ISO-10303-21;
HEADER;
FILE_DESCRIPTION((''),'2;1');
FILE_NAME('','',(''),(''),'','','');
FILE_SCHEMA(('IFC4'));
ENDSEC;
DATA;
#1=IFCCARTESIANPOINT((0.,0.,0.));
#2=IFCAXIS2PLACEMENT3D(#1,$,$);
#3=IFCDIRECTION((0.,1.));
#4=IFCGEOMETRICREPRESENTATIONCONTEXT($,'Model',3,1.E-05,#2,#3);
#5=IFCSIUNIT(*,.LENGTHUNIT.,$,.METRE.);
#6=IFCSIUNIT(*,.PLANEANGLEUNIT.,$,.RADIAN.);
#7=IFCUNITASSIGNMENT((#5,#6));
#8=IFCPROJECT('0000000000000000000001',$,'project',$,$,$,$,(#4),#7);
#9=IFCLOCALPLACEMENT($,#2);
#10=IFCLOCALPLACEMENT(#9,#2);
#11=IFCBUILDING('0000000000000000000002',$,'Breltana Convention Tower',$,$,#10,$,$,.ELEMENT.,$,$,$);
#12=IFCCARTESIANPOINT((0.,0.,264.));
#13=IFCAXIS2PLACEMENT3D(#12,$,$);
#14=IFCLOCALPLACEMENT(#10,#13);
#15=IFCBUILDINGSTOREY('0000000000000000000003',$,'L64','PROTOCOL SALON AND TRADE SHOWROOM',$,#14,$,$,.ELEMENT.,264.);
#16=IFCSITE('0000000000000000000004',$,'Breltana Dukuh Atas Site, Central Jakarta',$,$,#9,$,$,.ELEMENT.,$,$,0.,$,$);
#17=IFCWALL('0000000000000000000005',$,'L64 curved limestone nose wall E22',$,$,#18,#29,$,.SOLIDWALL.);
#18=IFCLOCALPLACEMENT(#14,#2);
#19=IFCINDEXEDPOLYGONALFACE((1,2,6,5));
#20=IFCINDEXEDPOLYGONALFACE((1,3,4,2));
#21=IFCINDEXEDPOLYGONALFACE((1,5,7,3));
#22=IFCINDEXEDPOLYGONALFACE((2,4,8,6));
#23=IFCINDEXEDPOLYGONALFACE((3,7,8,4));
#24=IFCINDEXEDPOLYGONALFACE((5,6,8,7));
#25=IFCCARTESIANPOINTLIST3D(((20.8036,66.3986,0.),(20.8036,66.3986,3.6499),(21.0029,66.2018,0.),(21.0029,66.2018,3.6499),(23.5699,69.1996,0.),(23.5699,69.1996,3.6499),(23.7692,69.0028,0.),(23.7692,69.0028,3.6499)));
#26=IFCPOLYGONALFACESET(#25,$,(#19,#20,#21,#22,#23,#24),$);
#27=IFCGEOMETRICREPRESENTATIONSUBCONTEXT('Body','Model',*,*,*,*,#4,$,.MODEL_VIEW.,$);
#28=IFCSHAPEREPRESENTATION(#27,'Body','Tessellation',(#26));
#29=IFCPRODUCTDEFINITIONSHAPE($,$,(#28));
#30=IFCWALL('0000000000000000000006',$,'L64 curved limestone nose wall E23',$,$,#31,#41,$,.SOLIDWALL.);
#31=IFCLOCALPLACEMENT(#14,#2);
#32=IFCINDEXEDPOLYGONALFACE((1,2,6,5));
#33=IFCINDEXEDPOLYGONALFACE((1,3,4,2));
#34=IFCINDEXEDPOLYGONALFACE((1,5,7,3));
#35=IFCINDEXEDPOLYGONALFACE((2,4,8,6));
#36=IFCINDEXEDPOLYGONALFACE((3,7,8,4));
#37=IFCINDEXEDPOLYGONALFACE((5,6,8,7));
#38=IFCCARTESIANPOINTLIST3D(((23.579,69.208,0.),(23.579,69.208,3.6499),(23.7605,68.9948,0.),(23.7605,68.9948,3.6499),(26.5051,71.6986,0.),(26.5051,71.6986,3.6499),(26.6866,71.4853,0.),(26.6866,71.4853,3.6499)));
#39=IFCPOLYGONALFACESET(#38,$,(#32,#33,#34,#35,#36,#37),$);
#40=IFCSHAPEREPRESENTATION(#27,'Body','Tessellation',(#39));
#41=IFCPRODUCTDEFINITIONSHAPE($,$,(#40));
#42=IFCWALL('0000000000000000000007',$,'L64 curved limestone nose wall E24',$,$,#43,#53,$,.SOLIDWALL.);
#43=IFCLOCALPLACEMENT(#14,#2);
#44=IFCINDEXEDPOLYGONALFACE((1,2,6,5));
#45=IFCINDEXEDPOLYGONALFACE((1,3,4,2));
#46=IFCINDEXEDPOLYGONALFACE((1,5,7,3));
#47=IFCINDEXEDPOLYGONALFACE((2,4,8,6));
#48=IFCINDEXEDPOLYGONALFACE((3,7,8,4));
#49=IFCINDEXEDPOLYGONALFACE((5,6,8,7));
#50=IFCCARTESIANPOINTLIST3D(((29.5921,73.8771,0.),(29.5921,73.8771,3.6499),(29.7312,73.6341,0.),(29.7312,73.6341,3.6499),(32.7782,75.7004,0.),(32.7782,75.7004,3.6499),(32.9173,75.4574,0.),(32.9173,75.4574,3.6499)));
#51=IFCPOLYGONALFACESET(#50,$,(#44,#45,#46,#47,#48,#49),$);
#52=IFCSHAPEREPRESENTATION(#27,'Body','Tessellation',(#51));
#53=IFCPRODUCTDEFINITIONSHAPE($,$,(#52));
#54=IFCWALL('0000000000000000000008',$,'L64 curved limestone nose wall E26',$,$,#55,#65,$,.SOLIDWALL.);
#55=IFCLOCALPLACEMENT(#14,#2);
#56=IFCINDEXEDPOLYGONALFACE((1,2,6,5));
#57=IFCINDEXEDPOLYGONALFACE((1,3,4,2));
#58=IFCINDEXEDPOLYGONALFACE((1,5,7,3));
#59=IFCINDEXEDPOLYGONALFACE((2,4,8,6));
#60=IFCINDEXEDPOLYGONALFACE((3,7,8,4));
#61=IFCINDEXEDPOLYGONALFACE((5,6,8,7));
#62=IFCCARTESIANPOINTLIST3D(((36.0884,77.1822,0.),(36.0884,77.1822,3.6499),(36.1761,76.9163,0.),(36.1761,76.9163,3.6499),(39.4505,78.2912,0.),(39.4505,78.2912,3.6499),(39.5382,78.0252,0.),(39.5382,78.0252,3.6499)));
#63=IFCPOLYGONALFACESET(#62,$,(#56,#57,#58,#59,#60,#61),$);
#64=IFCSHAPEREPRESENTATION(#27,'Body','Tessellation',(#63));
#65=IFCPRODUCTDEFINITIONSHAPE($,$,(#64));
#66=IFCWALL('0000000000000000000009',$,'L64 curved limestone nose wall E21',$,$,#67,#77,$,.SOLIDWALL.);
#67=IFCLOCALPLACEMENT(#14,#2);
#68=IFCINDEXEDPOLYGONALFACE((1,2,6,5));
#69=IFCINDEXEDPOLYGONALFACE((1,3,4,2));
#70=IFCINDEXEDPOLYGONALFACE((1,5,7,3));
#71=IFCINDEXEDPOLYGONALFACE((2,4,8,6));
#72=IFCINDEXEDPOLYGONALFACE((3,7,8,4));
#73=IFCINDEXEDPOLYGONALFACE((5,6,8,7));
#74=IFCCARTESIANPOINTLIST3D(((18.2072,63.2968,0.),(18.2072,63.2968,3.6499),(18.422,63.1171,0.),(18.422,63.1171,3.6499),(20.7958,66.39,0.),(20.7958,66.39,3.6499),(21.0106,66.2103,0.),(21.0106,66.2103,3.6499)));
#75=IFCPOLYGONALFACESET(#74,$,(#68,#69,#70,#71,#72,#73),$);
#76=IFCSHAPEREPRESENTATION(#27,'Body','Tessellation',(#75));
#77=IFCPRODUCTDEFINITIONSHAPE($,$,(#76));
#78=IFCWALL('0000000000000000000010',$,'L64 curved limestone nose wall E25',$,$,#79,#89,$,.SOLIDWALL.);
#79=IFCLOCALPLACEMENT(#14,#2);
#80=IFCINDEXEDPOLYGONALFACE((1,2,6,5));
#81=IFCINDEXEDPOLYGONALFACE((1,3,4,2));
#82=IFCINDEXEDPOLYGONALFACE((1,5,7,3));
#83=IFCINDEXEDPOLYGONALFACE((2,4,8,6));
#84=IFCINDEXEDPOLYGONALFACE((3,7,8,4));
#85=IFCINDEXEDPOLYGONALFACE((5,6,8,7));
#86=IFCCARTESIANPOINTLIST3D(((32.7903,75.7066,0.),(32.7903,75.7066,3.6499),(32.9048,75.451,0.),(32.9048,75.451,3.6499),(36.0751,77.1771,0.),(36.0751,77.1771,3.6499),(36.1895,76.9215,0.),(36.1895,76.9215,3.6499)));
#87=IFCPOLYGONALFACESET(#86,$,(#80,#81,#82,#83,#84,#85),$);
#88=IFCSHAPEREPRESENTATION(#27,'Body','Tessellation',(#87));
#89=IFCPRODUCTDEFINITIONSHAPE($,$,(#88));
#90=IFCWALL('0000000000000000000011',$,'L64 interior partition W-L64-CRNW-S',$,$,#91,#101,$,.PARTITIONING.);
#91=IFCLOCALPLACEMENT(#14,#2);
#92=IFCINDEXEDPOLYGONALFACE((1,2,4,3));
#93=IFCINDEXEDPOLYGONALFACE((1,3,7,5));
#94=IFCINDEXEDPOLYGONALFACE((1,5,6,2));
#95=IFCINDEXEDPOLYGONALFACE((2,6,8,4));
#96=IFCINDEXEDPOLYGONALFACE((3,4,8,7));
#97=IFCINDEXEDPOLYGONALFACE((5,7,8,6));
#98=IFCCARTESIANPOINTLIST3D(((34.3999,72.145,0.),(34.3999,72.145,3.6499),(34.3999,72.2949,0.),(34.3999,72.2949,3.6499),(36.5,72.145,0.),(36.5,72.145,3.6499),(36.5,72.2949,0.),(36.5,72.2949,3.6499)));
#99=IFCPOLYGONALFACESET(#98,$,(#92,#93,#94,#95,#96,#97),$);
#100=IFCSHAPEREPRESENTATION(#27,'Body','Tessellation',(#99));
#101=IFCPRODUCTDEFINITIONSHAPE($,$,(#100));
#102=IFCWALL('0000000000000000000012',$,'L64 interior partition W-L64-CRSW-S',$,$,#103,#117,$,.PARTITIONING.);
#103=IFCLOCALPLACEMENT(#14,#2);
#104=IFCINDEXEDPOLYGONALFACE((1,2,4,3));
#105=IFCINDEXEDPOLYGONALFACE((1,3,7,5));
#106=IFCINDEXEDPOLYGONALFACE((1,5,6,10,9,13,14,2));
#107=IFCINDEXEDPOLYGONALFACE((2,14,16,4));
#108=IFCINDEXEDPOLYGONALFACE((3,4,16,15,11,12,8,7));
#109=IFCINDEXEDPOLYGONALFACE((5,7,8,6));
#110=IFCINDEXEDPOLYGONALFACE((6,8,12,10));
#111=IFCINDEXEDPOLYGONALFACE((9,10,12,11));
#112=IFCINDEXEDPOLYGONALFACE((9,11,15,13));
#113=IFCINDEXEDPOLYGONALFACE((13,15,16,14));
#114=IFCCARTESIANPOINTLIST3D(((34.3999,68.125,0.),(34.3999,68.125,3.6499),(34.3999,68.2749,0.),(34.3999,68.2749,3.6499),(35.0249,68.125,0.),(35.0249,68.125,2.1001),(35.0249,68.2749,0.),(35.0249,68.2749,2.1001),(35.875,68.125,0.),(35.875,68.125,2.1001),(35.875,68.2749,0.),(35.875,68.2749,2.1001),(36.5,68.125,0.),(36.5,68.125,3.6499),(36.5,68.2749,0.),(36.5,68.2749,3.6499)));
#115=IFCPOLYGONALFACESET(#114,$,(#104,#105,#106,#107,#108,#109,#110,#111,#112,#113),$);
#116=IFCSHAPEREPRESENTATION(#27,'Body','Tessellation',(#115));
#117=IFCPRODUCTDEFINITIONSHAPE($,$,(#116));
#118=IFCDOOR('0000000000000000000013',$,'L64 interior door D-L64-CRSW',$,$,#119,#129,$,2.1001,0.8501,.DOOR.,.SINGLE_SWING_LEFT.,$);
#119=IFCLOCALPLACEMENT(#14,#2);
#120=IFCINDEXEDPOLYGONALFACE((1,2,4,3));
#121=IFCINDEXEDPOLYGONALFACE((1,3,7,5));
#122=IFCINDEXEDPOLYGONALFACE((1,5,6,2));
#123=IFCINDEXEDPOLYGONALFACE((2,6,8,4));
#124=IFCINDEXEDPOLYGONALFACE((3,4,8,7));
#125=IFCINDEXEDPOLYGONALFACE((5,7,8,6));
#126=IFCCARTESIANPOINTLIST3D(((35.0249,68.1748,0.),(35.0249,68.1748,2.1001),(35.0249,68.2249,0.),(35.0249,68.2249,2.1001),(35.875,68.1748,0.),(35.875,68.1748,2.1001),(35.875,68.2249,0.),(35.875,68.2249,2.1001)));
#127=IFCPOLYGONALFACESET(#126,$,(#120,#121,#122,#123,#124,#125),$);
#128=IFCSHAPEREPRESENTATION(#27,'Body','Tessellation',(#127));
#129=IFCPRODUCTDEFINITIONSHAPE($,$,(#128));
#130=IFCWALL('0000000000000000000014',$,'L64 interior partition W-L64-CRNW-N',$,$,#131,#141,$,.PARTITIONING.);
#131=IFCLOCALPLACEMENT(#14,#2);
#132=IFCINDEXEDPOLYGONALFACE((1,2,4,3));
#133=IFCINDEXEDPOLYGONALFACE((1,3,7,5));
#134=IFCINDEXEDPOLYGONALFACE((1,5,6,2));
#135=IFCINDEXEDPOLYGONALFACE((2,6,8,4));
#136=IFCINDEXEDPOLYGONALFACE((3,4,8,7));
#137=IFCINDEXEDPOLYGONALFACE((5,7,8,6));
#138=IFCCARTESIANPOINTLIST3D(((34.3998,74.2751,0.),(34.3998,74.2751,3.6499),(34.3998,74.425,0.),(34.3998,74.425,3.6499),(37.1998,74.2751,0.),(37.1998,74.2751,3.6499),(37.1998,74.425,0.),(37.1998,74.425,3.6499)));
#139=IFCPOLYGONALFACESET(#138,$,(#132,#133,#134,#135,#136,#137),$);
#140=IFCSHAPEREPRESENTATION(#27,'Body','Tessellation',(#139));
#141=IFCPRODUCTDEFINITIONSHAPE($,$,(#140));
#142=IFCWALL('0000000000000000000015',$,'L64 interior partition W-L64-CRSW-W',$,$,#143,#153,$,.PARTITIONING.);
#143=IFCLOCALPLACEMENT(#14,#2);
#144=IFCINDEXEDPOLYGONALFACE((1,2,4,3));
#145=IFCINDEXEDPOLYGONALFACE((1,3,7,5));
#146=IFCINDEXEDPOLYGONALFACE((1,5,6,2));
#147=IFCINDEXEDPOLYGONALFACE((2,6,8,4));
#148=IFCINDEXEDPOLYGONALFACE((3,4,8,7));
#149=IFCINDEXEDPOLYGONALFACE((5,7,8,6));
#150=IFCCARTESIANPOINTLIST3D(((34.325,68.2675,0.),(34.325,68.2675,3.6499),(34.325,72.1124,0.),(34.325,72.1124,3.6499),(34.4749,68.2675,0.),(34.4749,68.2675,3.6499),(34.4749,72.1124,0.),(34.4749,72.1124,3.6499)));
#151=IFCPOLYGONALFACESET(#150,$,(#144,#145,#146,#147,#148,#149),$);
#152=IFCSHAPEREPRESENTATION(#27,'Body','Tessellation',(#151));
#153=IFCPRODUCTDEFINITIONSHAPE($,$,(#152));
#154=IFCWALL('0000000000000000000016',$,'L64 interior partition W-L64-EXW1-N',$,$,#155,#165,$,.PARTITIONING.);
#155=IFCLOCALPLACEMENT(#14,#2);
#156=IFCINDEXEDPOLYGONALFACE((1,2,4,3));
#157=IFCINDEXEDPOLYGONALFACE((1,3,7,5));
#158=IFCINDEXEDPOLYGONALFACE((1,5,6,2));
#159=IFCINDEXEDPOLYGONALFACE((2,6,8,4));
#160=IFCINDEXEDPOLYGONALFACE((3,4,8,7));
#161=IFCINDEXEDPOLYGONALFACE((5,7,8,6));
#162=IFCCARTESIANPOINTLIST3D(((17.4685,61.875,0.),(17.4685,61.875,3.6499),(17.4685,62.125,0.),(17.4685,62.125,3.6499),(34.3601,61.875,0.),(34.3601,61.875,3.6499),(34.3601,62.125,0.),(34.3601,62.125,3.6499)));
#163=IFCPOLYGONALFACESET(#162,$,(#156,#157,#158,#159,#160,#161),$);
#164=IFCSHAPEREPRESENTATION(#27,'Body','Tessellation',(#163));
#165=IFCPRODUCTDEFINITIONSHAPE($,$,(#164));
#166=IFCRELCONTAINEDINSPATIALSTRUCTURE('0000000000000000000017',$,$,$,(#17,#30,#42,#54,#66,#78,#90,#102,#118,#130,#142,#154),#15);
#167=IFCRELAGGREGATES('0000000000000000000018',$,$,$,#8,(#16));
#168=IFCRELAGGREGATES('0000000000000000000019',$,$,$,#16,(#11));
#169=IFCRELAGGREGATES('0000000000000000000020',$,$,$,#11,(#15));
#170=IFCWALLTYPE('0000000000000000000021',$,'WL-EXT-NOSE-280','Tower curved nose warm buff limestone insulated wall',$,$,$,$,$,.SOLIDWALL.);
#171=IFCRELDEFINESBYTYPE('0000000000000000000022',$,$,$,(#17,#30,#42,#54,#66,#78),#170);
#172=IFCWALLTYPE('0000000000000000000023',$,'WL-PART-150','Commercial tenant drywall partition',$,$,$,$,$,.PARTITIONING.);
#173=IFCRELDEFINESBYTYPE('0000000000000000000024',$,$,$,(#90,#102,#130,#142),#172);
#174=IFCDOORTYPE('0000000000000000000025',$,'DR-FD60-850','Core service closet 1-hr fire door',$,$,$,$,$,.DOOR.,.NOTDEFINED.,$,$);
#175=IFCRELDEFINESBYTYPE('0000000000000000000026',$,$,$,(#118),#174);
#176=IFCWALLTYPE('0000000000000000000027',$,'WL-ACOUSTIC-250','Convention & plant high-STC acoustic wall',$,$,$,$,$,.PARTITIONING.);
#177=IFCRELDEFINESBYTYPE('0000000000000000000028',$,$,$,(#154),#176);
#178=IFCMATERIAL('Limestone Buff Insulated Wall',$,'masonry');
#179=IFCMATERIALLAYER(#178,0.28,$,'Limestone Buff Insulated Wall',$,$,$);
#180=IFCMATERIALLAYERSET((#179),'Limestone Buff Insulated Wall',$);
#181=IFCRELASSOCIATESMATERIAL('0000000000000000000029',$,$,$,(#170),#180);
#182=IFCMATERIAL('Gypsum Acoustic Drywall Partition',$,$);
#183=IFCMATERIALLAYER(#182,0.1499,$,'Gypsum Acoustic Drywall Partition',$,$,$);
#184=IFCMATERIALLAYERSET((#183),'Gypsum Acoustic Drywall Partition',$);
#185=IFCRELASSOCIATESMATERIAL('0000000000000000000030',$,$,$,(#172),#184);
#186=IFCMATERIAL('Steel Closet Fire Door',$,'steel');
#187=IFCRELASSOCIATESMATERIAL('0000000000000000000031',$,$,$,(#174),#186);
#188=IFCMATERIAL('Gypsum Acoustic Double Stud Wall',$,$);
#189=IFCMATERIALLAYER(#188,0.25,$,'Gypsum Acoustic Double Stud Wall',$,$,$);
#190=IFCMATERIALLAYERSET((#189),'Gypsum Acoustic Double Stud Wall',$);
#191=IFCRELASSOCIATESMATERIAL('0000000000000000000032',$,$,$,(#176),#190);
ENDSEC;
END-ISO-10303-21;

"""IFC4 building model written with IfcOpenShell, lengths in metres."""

from ifc_helpers import new_model, si_unit, direction, frame, frame_2d, origin, place, context, subcontext, project, spatial, rectangle, extrude, source, transform, mapped, material, layer, layer_set, type_object, type_shapes, element, fill, save


model = new_model("IFC4")

# Units and contexts
model_context = context("Model", 3, precision=1e-05, world=origin(), true_north=direction((0.0, 1.0)))
body_context = subcontext(model_context, "Body", "Model", "MODEL_VIEW")
ifc_project = project(units=[si_unit("LENGTHUNIT", "METRE"), si_unit("PLANEANGLEUNIT", "RADIAN")], contexts=[model_context])

# Site, building, storey
site_placement = place(None, origin())
site = spatial("IfcSite", under=ifc_project, at=site_placement, Name="Breltana Dukuh Atas Site, Central Jakarta", CompositionType="ELEMENT", RefElevation=0.0)
building_placement = place(site_placement, origin())
building = spatial("IfcBuilding", under=site, at=building_placement, Name="Breltana Convention Tower", CompositionType="ELEMENT")
storey_placement = place(building_placement, frame((0.0, 0.0, 264.0)))
storey = spatial("IfcBuildingStorey", under=building, at=storey_placement, Name="L64", Description="PROTOCOL SALON AND TRADE SHOWROOM", CompositionType="ELEMENT", Elevation=264.0)

# Walls
ifc_material_1 = material(Name="Limestone Buff Insulated Wall", Category="masonry")
ifc_layer_1 = layer(ifc_material_1, 0.28, Name="Limestone Buff Insulated Wall")
ifc_layer_set_1 = layer_set([ifc_layer_1], Name="Limestone Buff Insulated Wall")
wall_type_1 = type_object("IfcWallType", Name="WL-EXT-NOSE-280", Description="Tower curved nose warm buff limestone insulated wall", PredefinedType="SOLIDWALL", material=ifc_layer_set_1)
shared_shape_1 = source(origin(), body_context, "Body", "SweptSolid", [
    extrude(rectangle(XDim=3.9368, YDim=0.28, at=frame_2d((1.9683, 0.0))), origin(), (0.0, 0.0, 1.0), 3.6499),
])
wall_1_placement = place(storey_placement, frame((20.9033, 66.3003, 0.0), z_axis=(0.0, 0.0, 1.0), x_axis=(0.70269, 0.711496, 0.0)))
element("IfcWall", 1, at=wall_1_placement, inside=storey, type_object=wall_type_1, Name="L64 curved limestone nose wall E22", PredefinedType="SOLIDWALL", context=body_context, shape_type="MappedRepresentation", body=[
    mapped(shared_shape_1, transform((0.0, 0.0, 0.0), scale=1.0)),
])
shared_shape_2 = source(origin(), body_context, "Body", "SweptSolid", [
    extrude(rectangle(XDim=3.8425, YDim=0.28, at=frame_2d((1.9214, 0.0))), origin(), (0.0, 0.0, 1.0), 3.6499),
])
wall_2_placement = place(storey_placement, frame((23.6697, 69.1013, 0.0), z_axis=(0.0, 0.0, 1.0), x_axis=(0.761508, 0.648155, 0.0)))
element("IfcWall", 2, at=wall_2_placement, inside=storey, type_object=wall_type_1, Name="L64 curved limestone nose wall E23", PredefinedType="SOLIDWALL", context=body_context, shape_type="MappedRepresentation", body=[
    mapped(shared_shape_2, transform((0.0, 0.0, 0.0), scale=1.0)),
])
shared_shape_3 = source(origin(), body_context, "Body", "SweptSolid", [
    extrude(rectangle(XDim=3.6709, YDim=0.28, at=frame_2d((1.8354, 0.0))), origin(), (0.0, 0.0, 1.0), 3.6499),
])
wall_3_placement = place(storey_placement, frame((29.6616, 73.7556, 0.0), z_axis=(0.0, 0.0, 1.0), x_axis=(0.867932, 0.496683, 0.0)))
element("IfcWall", 3, at=wall_3_placement, inside=storey, type_object=wall_type_1, Name="L64 curved limestone nose wall E24", PredefinedType="SOLIDWALL", context=body_context, shape_type="MappedRepresentation", body=[
    mapped(shared_shape_3, transform((0.0, 0.0, 0.0), scale=1.0)),
])
shared_shape_4 = source(origin(), body_context, "Body", "SweptSolid", [
    extrude(rectangle(XDim=3.5403, YDim=0.28, at=frame_2d((1.77, 0.0))), origin(), (0.0, 0.0, 1.0), 3.6499),
])
wall_4_placement = place(storey_placement, frame((36.1323, 77.0493, 0.0), z_axis=(0.0, 0.0, 1.0), x_axis=(0.949679, 0.313226, 0.0)))
element("IfcWall", 4, at=wall_4_placement, inside=storey, type_object=wall_type_1, Name="L64 curved limestone nose wall E26", PredefinedType="SOLIDWALL", context=body_context, shape_type="MappedRepresentation", body=[
    mapped(shared_shape_4, transform((0.0, 0.0, 0.0), scale=1.0)),
])
shared_shape_5 = source(origin(), body_context, "Body", "SweptSolid", [
    extrude(rectangle(XDim=4.0334, YDim=0.28, at=frame_2d((2.0166, 0.0))), origin(), (0.0, 0.0, 1.0), 3.6499),
])
wall_5_placement = place(storey_placement, frame((18.3147, 63.207, 0.0), z_axis=(0.0, 0.0, 1.0), x_axis=(0.641779, 0.76689, 0.0)))
element("IfcWall", 5, at=wall_5_placement, inside=storey, type_object=wall_type_1, Name="L64 curved limestone nose wall E21", PredefinedType="SOLIDWALL", context=body_context, shape_type="MappedRepresentation", body=[
    mapped(shared_shape_5, transform((0.0, 0.0, 0.0), scale=1.0)),
])
shared_shape_6 = source(origin(), body_context, "Body", "SweptSolid", [
    extrude(rectangle(XDim=3.5989, YDim=0.28, at=frame_2d((1.7993, 0.0))), origin(), (0.0, 0.0, 1.0), 3.6499),
])
wall_6_placement = place(storey_placement, frame((32.8477, 75.5789, 0.0), z_axis=(0.0, 0.0, 1.0), x_axis=(0.912714, 0.408598, 0.0)))
element("IfcWall", 6, at=wall_6_placement, inside=storey, type_object=wall_type_1, Name="L64 curved limestone nose wall E25", PredefinedType="SOLIDWALL", context=body_context, shape_type="MappedRepresentation", body=[
    mapped(shared_shape_6, transform((0.0, 0.0, 0.0), scale=1.0)),
])
ifc_material_2 = material(Name="Gypsum Acoustic Drywall Partition")
ifc_layer_2 = layer(ifc_material_2, 0.1499, Name="Gypsum Acoustic Drywall Partition")
ifc_layer_set_2 = layer_set([ifc_layer_2], Name="Gypsum Acoustic Drywall Partition")
wall_type_2 = type_object("IfcWallType", Name="WL-PART-150", Description="Commercial tenant drywall partition", PredefinedType="PARTITIONING", material=ifc_layer_set_2)
shared_shape_7 = source(origin(), body_context, "Body", "SweptSolid", [
    extrude(rectangle(XDim=2.1001, YDim=0.1499, at=frame_2d((1.05, 0.0))), origin(), (0.0, 0.0, 1.0), 3.6499),
])
wall_7_placement = place(storey_placement, frame((34.3999, 72.22, 0.0), z_axis=(0.0, 0.0, 1.0), x_axis=(1.0, 0.0, 0.0)))
element("IfcWall", 7, at=wall_7_placement, inside=storey, type_object=wall_type_2, Name="L64 interior partition W-L64-CRNW-S", PredefinedType="PARTITIONING", context=body_context, shape_type="MappedRepresentation", body=[
    mapped(shared_shape_7, transform((0.0, 0.0, 0.0), scale=1.0)),
])

# Wall, opening, door
wall_8_placement = place(storey_placement, frame((34.3999, 68.2, 0.0), z_axis=(0.0, 0.0, 1.0), x_axis=(1.0, 0.0, 0.0)))
wall_8 = element("IfcWall", 8, at=wall_8_placement, inside=storey, type_object=wall_type_2, Name="L64 interior partition W-L64-CRSW-S", PredefinedType="PARTITIONING", context=body_context, shape_type="MappedRepresentation", body=[
    mapped(shared_shape_7, transform((0.0, 0.0, 0.0), scale=1.0)),
])
opening_1_placement = place(wall_8_placement, frame((0.625, 0.0, 0.0)))
opening_1 = element("IfcOpeningElement", 9, at=opening_1_placement, cuts=wall_8, PredefinedType="OPENING", context=body_context, shape_type="SweptSolid", body=[
    extrude(rectangle(XDim=0.8501, YDim=2.1001, at=frame_2d((0.425, 1.05))), frame((0.0, 0.085, 0.0), z_axis=(0.0, -1.0, 0.0), x_axis=(1.0, 0.0, 0.0)), (0.0, 0.0, 1.0), 0.1699),
])
ifc_material_3 = material(Name="Steel Closet Fire Door", Category="steel")
door_type_1 = type_object("IfcDoorType", Name="DR-FD60-850", Description="Core service closet 1-hr fire door", OperationType="NOTDEFINED", PredefinedType="DOOR", material=ifc_material_3)
shared_shape_8 = source(origin(), body_context, "Body", "SweptSolid", [
    extrude(rectangle(XDim=0.8501, YDim=2.1001, at=frame_2d((0.425, 1.05))), frame((0.0, 0.0249, 0.0), z_axis=(0.0, -1.0, 0.0), x_axis=(1.0, 0.0, 0.0)), (0.0, 0.0, 1.0), 0.05),
])
type_shapes(door_type_1, [shared_shape_8])
door_1_placement = place(opening_1_placement, origin())
door_1 = element("IfcDoor", 10, at=door_1_placement, inside=storey, type_object=door_type_1, Name="L64 interior door D-L64-CRSW", OperationType="SINGLE_SWING_LEFT", OverallHeight=2.1001, OverallWidth=0.8501, PredefinedType="DOOR", context=body_context, shape_type="MappedRepresentation", body=[
    mapped(shared_shape_8, transform((0.0, 0.0, 0.0), scale=1.0)),
])
fill(opening_1, door_1)

# Wall
shared_shape_9 = source(origin(), body_context, "Body", "SweptSolid", [
    extrude(rectangle(XDim=2.8, YDim=0.1499, at=frame_2d((1.3999, 0.0))), origin(), (0.0, 0.0, 1.0), 3.6499),
])
wall_9_placement = place(storey_placement, frame((34.3999, 74.3501, 0.0), z_axis=(0.0, 0.0, 1.0), x_axis=(1.0, 0.0, 0.0)))
element("IfcWall", 11, at=wall_9_placement, inside=storey, type_object=wall_type_2, Name="L64 interior partition W-L64-CRNW-N", PredefinedType="PARTITIONING", context=body_context, shape_type="MappedRepresentation", body=[
    mapped(shared_shape_9, transform((0.0, 0.0, 0.0), scale=1.0)),
])

# Walls
shared_shape_10 = source(origin(), body_context, "Body", "SweptSolid", [
    extrude(rectangle(XDim=3.845, YDim=0.1499, at=frame_2d((1.9224, 0.0))), origin(), (0.0, 0.0, 1.0), 3.6499),
])
wall_10_placement = place(storey_placement, frame((34.3999, 68.2676, 0.0), z_axis=(0.0, 0.0, 1.0), x_axis=(0.0, 1.0, 0.0)))
element("IfcWall", 12, at=wall_10_placement, inside=storey, type_object=wall_type_2, Name="L64 interior partition W-L64-CRSW-W", PredefinedType="PARTITIONING", context=body_context, shape_type="MappedRepresentation", body=[
    mapped(shared_shape_10, transform((0.0, 0.0, 0.0), scale=1.0)),
])
ifc_material_4 = material(Name="Gypsum Acoustic Double Stud Wall")
ifc_layer_3 = layer(ifc_material_4, 0.25, Name="Gypsum Acoustic Double Stud Wall")
ifc_layer_set_3 = layer_set([ifc_layer_3], Name="Gypsum Acoustic Double Stud Wall")
wall_type_3 = type_object("IfcWallType", Name="WL-ACOUSTIC-250", Description="Convention & plant high-STC acoustic wall", PredefinedType="PARTITIONING", material=ifc_layer_set_3)
shared_shape_11 = source(origin(), body_context, "Body", "SweptSolid", [
    extrude(rectangle(XDim=16.8916, YDim=0.25, at=frame_2d((8.4458, 0.0))), origin(), (0.0, 0.0, 1.0), 3.6499),
])
wall_11_placement = place(storey_placement, frame((17.4685, 62.0, 0.0), z_axis=(0.0, 0.0, 1.0), x_axis=(1.0, 0.0, 0.0)))
element("IfcWall", 13, at=wall_11_placement, inside=storey, type_object=wall_type_3, Name="L64 interior partition W-L64-EXW1-N", PredefinedType="PARTITIONING", context=body_context, shape_type="MappedRepresentation", body=[
    mapped(shared_shape_11, transform((0.0, 0.0, 0.0), scale=1.0)),
])

save(model, "model.ifc")
